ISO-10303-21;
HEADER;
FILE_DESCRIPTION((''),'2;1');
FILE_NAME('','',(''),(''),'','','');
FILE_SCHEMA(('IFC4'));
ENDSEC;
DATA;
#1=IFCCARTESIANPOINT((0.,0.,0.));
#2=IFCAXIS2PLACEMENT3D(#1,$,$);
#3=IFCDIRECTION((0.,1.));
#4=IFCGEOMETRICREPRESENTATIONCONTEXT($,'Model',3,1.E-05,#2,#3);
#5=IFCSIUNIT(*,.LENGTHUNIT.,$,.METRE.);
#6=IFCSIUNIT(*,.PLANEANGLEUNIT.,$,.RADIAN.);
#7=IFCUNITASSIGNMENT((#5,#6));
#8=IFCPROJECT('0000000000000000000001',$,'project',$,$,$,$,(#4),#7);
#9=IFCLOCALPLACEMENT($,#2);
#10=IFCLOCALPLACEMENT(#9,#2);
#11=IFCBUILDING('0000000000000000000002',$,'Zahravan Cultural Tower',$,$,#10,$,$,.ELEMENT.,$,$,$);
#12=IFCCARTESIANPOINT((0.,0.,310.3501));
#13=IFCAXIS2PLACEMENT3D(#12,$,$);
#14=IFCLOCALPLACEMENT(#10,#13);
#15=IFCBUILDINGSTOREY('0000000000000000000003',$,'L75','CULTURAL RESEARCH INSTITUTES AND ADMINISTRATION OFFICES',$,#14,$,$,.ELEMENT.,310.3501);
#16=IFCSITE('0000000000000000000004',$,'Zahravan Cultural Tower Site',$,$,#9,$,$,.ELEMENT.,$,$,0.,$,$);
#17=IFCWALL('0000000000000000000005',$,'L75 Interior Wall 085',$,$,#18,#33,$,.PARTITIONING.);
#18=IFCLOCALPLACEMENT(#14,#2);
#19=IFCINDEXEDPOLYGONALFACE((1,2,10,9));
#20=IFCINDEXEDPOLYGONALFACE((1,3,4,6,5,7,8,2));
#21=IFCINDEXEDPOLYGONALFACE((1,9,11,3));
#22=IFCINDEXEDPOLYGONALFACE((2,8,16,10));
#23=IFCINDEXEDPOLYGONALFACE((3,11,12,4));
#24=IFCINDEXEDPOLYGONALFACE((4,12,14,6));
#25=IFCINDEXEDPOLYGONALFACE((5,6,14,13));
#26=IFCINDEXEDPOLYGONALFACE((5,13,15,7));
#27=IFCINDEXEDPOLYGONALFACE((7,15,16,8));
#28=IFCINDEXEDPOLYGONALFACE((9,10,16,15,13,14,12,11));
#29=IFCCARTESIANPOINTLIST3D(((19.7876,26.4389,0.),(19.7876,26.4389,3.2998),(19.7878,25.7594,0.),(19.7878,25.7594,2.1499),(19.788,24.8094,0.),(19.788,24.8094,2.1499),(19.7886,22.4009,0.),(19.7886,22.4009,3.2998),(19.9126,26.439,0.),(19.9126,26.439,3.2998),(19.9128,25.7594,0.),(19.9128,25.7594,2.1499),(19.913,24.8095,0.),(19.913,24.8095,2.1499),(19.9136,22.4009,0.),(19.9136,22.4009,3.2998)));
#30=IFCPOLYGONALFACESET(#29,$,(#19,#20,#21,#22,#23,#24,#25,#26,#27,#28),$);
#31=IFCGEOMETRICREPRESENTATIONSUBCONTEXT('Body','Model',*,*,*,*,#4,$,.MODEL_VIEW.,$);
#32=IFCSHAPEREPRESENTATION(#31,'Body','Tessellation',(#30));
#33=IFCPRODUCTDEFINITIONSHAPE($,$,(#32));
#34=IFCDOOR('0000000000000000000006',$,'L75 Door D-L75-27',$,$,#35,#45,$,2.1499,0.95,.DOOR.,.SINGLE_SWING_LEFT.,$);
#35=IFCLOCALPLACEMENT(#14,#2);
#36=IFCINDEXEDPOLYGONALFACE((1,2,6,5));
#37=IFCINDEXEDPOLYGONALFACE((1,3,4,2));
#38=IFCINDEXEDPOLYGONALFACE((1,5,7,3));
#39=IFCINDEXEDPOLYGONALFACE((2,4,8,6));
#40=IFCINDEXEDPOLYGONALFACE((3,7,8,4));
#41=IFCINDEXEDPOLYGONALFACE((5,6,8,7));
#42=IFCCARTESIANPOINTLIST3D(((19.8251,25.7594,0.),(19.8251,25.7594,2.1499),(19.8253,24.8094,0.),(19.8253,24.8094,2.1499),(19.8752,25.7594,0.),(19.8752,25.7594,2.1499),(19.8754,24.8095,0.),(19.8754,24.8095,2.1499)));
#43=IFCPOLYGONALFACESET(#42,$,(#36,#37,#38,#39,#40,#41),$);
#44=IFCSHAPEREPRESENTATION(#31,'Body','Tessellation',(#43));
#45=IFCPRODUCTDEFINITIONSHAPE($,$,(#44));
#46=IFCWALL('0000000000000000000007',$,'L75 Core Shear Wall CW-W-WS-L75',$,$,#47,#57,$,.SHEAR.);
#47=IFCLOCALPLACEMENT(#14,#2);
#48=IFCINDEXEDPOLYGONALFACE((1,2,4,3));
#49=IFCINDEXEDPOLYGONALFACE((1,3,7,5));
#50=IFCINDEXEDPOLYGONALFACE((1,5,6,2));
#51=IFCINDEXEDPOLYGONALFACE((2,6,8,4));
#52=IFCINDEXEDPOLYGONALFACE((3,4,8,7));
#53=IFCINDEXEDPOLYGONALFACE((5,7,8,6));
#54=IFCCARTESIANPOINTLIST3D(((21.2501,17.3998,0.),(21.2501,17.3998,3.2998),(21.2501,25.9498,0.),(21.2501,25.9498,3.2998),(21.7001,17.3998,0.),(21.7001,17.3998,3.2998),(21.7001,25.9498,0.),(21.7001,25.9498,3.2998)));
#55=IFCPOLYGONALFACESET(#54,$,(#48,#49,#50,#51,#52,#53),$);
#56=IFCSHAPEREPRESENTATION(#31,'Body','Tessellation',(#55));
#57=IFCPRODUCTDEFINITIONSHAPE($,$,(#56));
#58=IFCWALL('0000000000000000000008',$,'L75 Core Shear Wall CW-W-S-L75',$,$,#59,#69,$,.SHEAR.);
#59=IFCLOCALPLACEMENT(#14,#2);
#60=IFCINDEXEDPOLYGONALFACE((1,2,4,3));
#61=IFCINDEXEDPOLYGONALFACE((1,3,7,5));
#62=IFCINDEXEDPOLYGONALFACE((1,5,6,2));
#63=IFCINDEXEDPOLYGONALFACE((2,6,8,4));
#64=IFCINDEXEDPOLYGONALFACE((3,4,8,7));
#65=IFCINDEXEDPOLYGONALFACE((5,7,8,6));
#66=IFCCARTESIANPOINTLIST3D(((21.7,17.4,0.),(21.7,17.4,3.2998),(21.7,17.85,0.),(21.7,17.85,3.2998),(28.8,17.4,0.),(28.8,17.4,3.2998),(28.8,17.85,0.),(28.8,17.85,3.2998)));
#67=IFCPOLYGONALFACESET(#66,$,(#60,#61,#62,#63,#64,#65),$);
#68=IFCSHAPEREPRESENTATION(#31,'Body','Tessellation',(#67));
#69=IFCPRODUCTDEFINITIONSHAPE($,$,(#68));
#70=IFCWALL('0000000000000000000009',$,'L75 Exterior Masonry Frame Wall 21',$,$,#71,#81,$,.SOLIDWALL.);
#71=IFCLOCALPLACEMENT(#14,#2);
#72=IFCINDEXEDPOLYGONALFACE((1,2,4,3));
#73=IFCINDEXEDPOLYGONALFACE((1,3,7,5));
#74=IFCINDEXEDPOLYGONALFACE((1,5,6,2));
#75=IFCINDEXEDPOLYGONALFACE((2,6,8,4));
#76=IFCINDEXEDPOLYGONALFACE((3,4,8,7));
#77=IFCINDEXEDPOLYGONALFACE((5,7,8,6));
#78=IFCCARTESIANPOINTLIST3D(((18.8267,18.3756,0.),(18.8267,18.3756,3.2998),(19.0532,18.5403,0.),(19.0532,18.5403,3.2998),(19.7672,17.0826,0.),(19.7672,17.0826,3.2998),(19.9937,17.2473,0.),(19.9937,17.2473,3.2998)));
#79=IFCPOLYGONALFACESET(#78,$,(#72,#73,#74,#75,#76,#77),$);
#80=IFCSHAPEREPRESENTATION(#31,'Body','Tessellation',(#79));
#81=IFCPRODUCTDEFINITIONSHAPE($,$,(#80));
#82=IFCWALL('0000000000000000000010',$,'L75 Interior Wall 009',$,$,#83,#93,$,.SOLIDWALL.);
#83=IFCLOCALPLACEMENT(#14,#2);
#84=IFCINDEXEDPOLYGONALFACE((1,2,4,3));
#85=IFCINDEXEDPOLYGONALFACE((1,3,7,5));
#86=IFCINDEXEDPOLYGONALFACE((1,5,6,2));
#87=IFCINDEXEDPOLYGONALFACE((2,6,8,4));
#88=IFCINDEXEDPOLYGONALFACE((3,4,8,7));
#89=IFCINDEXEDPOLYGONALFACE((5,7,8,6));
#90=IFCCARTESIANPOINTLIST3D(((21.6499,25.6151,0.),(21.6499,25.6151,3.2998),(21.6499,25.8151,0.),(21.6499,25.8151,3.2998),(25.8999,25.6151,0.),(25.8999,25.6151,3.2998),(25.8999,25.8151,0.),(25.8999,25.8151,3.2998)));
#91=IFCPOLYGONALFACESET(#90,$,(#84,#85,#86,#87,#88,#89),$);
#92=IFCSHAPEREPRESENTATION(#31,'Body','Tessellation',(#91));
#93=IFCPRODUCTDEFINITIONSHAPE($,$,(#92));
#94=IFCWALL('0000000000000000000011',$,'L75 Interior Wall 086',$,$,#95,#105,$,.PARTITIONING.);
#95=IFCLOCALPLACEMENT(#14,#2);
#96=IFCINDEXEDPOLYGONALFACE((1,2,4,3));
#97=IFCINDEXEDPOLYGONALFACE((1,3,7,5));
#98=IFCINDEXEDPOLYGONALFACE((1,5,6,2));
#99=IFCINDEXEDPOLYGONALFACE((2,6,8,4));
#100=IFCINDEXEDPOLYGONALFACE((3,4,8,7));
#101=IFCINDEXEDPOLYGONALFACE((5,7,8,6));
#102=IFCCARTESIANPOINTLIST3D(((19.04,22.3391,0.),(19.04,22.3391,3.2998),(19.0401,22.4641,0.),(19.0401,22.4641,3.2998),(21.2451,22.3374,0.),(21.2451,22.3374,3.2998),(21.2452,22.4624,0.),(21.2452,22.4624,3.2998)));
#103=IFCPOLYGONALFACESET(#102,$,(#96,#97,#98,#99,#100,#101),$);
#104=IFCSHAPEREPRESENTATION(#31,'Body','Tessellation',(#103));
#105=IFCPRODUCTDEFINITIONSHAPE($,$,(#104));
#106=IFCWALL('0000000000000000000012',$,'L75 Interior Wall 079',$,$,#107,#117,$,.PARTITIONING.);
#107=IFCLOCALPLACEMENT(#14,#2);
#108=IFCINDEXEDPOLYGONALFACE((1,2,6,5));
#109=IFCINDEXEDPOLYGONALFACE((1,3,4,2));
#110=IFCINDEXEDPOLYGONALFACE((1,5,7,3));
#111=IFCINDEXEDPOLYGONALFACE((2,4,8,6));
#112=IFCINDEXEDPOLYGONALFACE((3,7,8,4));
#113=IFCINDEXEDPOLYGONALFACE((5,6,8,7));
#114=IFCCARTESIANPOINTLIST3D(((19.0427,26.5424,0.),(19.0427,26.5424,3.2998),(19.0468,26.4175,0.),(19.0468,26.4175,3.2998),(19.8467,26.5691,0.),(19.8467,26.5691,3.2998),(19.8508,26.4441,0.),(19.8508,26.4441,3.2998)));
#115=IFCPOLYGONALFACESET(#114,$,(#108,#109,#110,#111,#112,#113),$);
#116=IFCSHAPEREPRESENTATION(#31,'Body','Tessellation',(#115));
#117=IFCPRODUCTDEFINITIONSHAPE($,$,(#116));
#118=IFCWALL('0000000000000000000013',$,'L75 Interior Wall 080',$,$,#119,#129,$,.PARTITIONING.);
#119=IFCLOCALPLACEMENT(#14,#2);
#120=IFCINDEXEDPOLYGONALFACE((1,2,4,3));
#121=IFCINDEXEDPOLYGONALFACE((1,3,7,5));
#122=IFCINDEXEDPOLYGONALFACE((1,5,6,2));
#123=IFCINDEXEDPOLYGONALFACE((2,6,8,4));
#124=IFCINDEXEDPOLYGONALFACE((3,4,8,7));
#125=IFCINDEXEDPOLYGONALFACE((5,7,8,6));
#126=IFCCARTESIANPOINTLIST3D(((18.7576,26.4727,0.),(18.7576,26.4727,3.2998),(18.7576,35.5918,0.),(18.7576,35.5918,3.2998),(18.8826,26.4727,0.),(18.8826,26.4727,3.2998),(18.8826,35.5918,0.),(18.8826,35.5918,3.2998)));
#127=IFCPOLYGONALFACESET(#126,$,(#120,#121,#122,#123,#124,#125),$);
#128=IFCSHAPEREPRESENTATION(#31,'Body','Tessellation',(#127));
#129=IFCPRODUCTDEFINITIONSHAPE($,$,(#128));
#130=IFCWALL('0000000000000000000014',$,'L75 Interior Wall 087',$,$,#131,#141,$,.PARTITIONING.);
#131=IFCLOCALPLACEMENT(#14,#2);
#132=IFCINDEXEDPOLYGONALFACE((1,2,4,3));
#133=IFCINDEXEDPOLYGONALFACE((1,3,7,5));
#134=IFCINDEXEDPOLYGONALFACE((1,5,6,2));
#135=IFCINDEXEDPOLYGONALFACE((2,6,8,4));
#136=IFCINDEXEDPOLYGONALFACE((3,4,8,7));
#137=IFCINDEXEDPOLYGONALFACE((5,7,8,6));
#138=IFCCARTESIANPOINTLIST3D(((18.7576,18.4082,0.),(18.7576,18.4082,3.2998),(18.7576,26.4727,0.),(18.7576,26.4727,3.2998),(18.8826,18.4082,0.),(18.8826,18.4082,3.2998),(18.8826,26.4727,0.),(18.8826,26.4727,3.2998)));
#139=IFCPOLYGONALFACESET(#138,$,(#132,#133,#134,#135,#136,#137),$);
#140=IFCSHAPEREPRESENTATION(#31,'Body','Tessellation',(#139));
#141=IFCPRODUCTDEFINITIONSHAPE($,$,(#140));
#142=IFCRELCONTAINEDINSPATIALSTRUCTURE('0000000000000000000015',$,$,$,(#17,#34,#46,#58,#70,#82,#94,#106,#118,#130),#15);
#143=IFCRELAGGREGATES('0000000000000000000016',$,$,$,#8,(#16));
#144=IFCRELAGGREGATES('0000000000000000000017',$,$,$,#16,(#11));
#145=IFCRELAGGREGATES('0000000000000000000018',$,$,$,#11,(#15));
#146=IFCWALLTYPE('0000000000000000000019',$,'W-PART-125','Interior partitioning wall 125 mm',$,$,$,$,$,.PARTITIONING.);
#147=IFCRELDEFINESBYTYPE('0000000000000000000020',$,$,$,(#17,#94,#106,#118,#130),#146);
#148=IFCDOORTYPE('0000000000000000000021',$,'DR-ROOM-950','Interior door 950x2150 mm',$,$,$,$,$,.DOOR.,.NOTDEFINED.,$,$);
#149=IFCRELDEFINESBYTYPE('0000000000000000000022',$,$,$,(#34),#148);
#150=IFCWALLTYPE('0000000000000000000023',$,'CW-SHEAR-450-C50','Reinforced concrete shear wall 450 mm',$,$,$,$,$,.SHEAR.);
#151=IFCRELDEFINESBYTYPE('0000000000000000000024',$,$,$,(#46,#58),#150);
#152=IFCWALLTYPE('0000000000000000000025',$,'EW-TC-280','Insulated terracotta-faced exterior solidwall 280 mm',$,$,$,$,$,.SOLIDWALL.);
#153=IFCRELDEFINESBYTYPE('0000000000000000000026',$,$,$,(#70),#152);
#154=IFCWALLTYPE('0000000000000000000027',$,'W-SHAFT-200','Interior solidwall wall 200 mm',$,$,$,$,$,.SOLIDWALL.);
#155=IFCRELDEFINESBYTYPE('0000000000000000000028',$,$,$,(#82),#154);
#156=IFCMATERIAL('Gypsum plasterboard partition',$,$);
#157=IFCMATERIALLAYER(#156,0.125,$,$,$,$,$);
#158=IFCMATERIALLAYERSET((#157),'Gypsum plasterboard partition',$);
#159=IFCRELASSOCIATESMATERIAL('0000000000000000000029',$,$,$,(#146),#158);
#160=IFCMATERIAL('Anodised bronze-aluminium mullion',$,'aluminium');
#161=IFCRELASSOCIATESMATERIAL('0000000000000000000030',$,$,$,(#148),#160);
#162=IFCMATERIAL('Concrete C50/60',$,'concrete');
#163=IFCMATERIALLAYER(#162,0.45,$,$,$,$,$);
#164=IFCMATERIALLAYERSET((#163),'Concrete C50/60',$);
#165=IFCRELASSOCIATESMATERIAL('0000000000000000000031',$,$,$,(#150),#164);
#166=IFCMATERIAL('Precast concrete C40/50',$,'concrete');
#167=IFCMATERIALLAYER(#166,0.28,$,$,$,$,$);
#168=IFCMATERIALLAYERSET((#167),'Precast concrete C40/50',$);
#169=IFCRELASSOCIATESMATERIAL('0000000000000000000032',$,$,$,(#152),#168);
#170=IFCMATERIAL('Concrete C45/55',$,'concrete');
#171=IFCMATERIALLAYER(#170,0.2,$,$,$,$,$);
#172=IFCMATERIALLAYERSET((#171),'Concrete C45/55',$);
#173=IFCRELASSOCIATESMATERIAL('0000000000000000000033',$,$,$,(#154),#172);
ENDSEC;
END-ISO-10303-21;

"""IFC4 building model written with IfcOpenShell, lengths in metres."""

from ifc_helpers import new_model, si_unit, direction, frame, frame_2d, origin, place, context, subcontext, project, spatial, rectangle, extrude, source, transform, mapped, material, layer, layer_set, type_object, element, fill, save


model = new_model("IFC4")

# Units and contexts
model_context = context("Model", 3, precision=1e-05, world=origin(), true_north=direction((0.0, 1.0)))
body_context = subcontext(model_context, "Body", "Model", "MODEL_VIEW")
ifc_project = project(units=[si_unit("LENGTHUNIT", "METRE"), si_unit("PLANEANGLEUNIT", "RADIAN")], contexts=[model_context])

# Site, building, storey
site_placement = place(None, origin())
site = spatial("IfcSite", under=ifc_project, at=site_placement, Name="Zahravan Cultural Tower Site", CompositionType="ELEMENT", RefElevation=0.0)
building_placement = place(site_placement, origin())
building = spatial("IfcBuilding", under=site, at=building_placement, Name="Zahravan Cultural Tower", CompositionType="ELEMENT")
storey_placement = place(building_placement, frame((0.0, 0.0, 310.3501)))
storey = spatial("IfcBuildingStorey", under=building, at=storey_placement, Name="L75", Description="CULTURAL RESEARCH INSTITUTES AND ADMINISTRATION OFFICES", CompositionType="ELEMENT", Elevation=310.3501)

# Shared definitions
ifc_material_1 = material(Name="Concrete C50/60", Category="concrete")

# Shared definitions
ifc_material_2 = material(Name="Anodised bronze-aluminium mullion", Category="aluminium")

# Shared definitions
ifc_material_3 = material(Name="Concrete C45/55", Category="concrete")

# Wall, opening, door
ifc_material_4 = material(Name="Gypsum plasterboard partition")
ifc_layer_1 = layer(ifc_material_4, 0.125)
ifc_layer_set_1 = layer_set([ifc_layer_1], Name="Gypsum plasterboard partition")
wall_type_1 = type_object("IfcWallType", Name="W-PART-125", Description="Interior partitioning wall 125 mm", PredefinedType="PARTITIONING", material=ifc_layer_set_1)
wall_1_placement = place(storey_placement, frame((19.8501, 26.439, 0.0), z_axis=(0.0, 0.0, 1.0), x_axis=(0.000242, -1.0, 0.0)))
wall_1 = element("IfcWall", 1, at=wall_1_placement, inside=storey, type_object=wall_type_1, Name="L75 Interior Wall 085", PredefinedType="PARTITIONING", context=body_context, shape_type="SweptSolid", body=[
    extrude(rectangle(XDim=4.0381, YDim=0.125, at=frame_2d((2.019, 0.0))), origin(), (0.0, 0.0, 1.0), 3.2998),
])
opening_placement = place(wall_1_placement, frame((0.6794, 0.0, 0.0)))
opening = element("IfcOpeningElement", 2, at=opening_placement, cuts=wall_1, PredefinedType="OPENING", context=body_context, shape_type="SweptSolid", body=[
    extrude(rectangle(XDim=0.95, YDim=2.1499, at=frame_2d((0.4751, 1.075))), frame((0.0, 0.0725, 0.0), z_axis=(0.0, -1.0, 0.0), x_axis=(1.0, 0.0, 0.0)), (0.0, 0.0, 1.0), 0.145),
])
door_type = type_object("IfcDoorType", Name="DR-ROOM-950", Description="Interior door 950x2150 mm", OperationType="NOTDEFINED", PredefinedType="DOOR", material=ifc_material_2)
shared_shape_1 = source(origin(), body_context, "Body", "SweptSolid", [
    extrude(rectangle(XDim=0.95, YDim=2.1499, at=frame_2d((0.4751, 1.075))), frame((0.0, 0.0249, 0.0), z_axis=(0.0, -1.0, 0.0), x_axis=(1.0, 0.0, 0.0)), (0.0, 0.0, 1.0), 0.05),
])
door_placement = place(opening_placement, origin())
door = element("IfcDoor", 3, at=door_placement, inside=storey, type_object=door_type, Name="L75 Door D-L75-27", OperationType="SINGLE_SWING_LEFT", OverallHeight=2.1499, OverallWidth=0.95, PredefinedType="DOOR", context=body_context, shape_type="MappedRepresentation", body=[
    mapped(shared_shape_1, transform((0.0, 0.0, 0.0), x_axis=(1.0, 0.0, 0.0), y_axis=(0.0, 1.0, 0.0), z_axis=(0.0, 0.0, 1.0), scale=1.0)),
])
fill(opening, door)

# Walls
ifc_layer_2 = layer(ifc_material_1, 0.45)
ifc_layer_set_2 = layer_set([ifc_layer_2], Name="Concrete C50/60")
wall_type_2 = type_object("IfcWallType", Name="CW-SHEAR-450-C50", Description="Reinforced concrete shear wall 450 mm", PredefinedType="SHEAR", material=ifc_layer_set_2)
shared_shape_2 = source(origin(), body_context, "Body", "SweptSolid", [
    extrude(rectangle(XDim=8.55, YDim=0.45, at=frame_2d((4.2749, 0.0))), origin(), (0.0, 0.0, 1.0), 3.2998),
])
wall_2_placement = place(storey_placement, frame((21.4751, 17.3999, 0.0), z_axis=(0.0, 0.0, 1.0), x_axis=(0.0, 1.0, 0.0)))
element("IfcWall", 4, at=wall_2_placement, inside=storey, type_object=wall_type_2, Name="L75 Core Shear Wall CW-W-WS-L75", PredefinedType="SHEAR", context=body_context, shape_type="MappedRepresentation", body=[
    mapped(shared_shape_2, transform((0.0, 0.0, 0.0), x_axis=(1.0, 0.0, 0.0), y_axis=(0.0, 1.0, 0.0), z_axis=(0.0, 0.0, 1.0), scale=1.0)),
])
shared_shape_3 = source(origin(), body_context, "Body", "SweptSolid", [
    extrude(rectangle(XDim=7.1001, YDim=0.45, at=frame_2d((3.55, 0.0))), origin(), (0.0, 0.0, 1.0), 3.2998),
])
wall_3_placement = place(storey_placement, frame((21.7, 17.625, 0.0), z_axis=(0.0, 0.0, 1.0), x_axis=(1.0, 0.0, 0.0)))
element("IfcWall", 5, at=wall_3_placement, inside=storey, type_object=wall_type_2, Name="L75 Core Shear Wall CW-W-S-L75", PredefinedType="SHEAR", context=body_context, shape_type="MappedRepresentation", body=[
    mapped(shared_shape_3, transform((0.0, 0.0, 0.0), x_axis=(1.0, 0.0, 0.0), y_axis=(0.0, 1.0, 0.0), z_axis=(0.0, 0.0, 1.0), scale=1.0)),
])
ifc_material_5 = material(Name="Precast concrete C40/50", Category="concrete")
ifc_layer_3 = layer(ifc_material_5, 0.28)
ifc_layer_set_3 = layer_set([ifc_layer_3], Name="Precast concrete C40/50")
wall_type_3 = type_object("IfcWallType", Name="EW-TC-280", Description="Insulated terracotta-faced exterior solidwall 280 mm", PredefinedType="SOLIDWALL", material=ifc_layer_set_3)
shared_shape_4 = source(origin(), body_context, "Body", "SweptSolid", [
    extrude(rectangle(XDim=1.5989, YDim=0.28, at=frame_2d((0.7993, 0.0))), origin(), (0.0, 0.0, 1.0), 3.2998),
])
wall_4_placement = place(storey_placement, frame((19.8804, 17.165, 0.0), z_axis=(0.0, 0.0, 1.0), x_axis=(-0.588208, 0.80871, 0.0)))
element("IfcWall", 6, at=wall_4_placement, inside=storey, type_object=wall_type_3, Name="L75 Exterior Masonry Frame Wall 21", PredefinedType="SOLIDWALL", context=body_context, shape_type="MappedRepresentation", body=[
    mapped(shared_shape_4, transform((0.0, 0.0, 0.0), x_axis=(1.0, 0.0, 0.0), y_axis=(0.0, 1.0, 0.0), z_axis=(0.0, 0.0, 1.0), scale=1.0)),
])
ifc_layer_4 = layer(ifc_material_3, 0.2)
ifc_layer_set_4 = layer_set([ifc_layer_4], Name="Concrete C45/55")
wall_type_4 = type_object("IfcWallType", Name="W-SHAFT-200", Description="Interior solidwall wall 200 mm", PredefinedType="SOLIDWALL", material=ifc_layer_set_4)
shared_shape_5 = source(origin(), body_context, "Body", "SweptSolid", [
    extrude(rectangle(XDim=4.25, YDim=0.2, at=frame_2d((2.125, 0.0))), origin(), (0.0, 0.0, 1.0), 3.2998),
])
wall_5_placement = place(storey_placement, frame((21.6499, 25.7151, 0.0), z_axis=(0.0, 0.0, 1.0), x_axis=(1.0, 0.0, 0.0)))
element("IfcWall", 7, at=wall_5_placement, inside=storey, type_object=wall_type_4, Name="L75 Interior Wall 009", PredefinedType="SOLIDWALL", context=body_context, shape_type="MappedRepresentation", body=[
    mapped(shared_shape_5, transform((0.0, 0.0, 0.0), x_axis=(1.0, 0.0, 0.0), y_axis=(0.0, 1.0, 0.0), z_axis=(0.0, 0.0, 1.0), scale=1.0)),
])
shared_shape_6 = source(origin(), body_context, "Body", "SweptSolid", [
    extrude(rectangle(XDim=2.2051, YDim=0.125, at=frame_2d((1.1025, 0.0))), origin(), (0.0, 0.0, 1.0), 3.2998),
])
wall_6_placement = place(storey_placement, frame((19.04, 22.4016, 0.0), z_axis=(0.0, 0.0, 1.0), x_axis=(1.0, -0.000775, 0.0)))
element("IfcWall", 8, at=wall_6_placement, inside=storey, type_object=wall_type_1, Name="L75 Interior Wall 086", PredefinedType="PARTITIONING", context=body_context, shape_type="MappedRepresentation", body=[
    mapped(shared_shape_6, transform((0.0, 0.0, 0.0), x_axis=(1.0, 0.0, 0.0), y_axis=(0.0, 1.0, 0.0), z_axis=(0.0, 0.0, 1.0), scale=1.0)),
])
shared_shape_7 = source(origin(), body_context, "Body", "SweptSolid", [
    extrude(rectangle(XDim=0.8044, YDim=0.125, at=frame_2d((0.4023, 0.0))), origin(), (0.0, 0.0, 1.0), 3.2998),
])
wall_7_placement = place(storey_placement, frame((19.8489, 26.5066, 0.0), z_axis=(0.0, 0.0, 1.0), x_axis=(-0.999453, -0.033082, 0.0)))
element("IfcWall", 9, at=wall_7_placement, inside=storey, type_object=wall_type_1, Name="L75 Interior Wall 079", PredefinedType="PARTITIONING", context=body_context, shape_type="MappedRepresentation", body=[
    mapped(shared_shape_7, transform((0.0, 0.0, 0.0), x_axis=(1.0, 0.0, 0.0), y_axis=(0.0, 1.0, 0.0), z_axis=(0.0, 0.0, 1.0), scale=1.0)),
])
shared_shape_8 = source(origin(), body_context, "Body", "SweptSolid", [
    extrude(rectangle(XDim=9.1191, YDim=0.125, at=frame_2d((4.5596, 0.0))), origin(), (0.0, 0.0, 1.0), 3.2998),
])
wall_8_placement = place(storey_placement, frame((18.8201, 26.4727, 0.0), z_axis=(0.0, 0.0, 1.0), x_axis=(0.0, 1.0, 0.0)))
element("IfcWall", 10, at=wall_8_placement, inside=storey, type_object=wall_type_1, Name="L75 Interior Wall 080", PredefinedType="PARTITIONING", context=body_context, shape_type="MappedRepresentation", body=[
    mapped(shared_shape_8, transform((0.0, 0.0, 0.0), x_axis=(1.0, 0.0, 0.0), y_axis=(0.0, 1.0, 0.0), z_axis=(0.0, 0.0, 1.0), scale=1.0)),
])
shared_shape_9 = source(origin(), body_context, "Body", "SweptSolid", [
    extrude(rectangle(XDim=8.0645, YDim=0.125, at=frame_2d((4.0322, 0.0))), origin(), (0.0, 0.0, 1.0), 3.2998),
])
wall_9_placement = place(storey_placement, frame((18.8201, 18.4082, 0.0), z_axis=(0.0, 0.0, 1.0), x_axis=(0.0, 1.0, 0.0)))
element("IfcWall", 11, at=wall_9_placement, inside=storey, type_object=wall_type_1, Name="L75 Interior Wall 087", PredefinedType="PARTITIONING", context=body_context, shape_type="MappedRepresentation", body=[
    mapped(shared_shape_9, transform((0.0, 0.0, 0.0), x_axis=(1.0, 0.0, 0.0), y_axis=(0.0, 1.0, 0.0), z_axis=(0.0, 0.0, 1.0), scale=1.0)),
])

save(model, "model.ifc")
